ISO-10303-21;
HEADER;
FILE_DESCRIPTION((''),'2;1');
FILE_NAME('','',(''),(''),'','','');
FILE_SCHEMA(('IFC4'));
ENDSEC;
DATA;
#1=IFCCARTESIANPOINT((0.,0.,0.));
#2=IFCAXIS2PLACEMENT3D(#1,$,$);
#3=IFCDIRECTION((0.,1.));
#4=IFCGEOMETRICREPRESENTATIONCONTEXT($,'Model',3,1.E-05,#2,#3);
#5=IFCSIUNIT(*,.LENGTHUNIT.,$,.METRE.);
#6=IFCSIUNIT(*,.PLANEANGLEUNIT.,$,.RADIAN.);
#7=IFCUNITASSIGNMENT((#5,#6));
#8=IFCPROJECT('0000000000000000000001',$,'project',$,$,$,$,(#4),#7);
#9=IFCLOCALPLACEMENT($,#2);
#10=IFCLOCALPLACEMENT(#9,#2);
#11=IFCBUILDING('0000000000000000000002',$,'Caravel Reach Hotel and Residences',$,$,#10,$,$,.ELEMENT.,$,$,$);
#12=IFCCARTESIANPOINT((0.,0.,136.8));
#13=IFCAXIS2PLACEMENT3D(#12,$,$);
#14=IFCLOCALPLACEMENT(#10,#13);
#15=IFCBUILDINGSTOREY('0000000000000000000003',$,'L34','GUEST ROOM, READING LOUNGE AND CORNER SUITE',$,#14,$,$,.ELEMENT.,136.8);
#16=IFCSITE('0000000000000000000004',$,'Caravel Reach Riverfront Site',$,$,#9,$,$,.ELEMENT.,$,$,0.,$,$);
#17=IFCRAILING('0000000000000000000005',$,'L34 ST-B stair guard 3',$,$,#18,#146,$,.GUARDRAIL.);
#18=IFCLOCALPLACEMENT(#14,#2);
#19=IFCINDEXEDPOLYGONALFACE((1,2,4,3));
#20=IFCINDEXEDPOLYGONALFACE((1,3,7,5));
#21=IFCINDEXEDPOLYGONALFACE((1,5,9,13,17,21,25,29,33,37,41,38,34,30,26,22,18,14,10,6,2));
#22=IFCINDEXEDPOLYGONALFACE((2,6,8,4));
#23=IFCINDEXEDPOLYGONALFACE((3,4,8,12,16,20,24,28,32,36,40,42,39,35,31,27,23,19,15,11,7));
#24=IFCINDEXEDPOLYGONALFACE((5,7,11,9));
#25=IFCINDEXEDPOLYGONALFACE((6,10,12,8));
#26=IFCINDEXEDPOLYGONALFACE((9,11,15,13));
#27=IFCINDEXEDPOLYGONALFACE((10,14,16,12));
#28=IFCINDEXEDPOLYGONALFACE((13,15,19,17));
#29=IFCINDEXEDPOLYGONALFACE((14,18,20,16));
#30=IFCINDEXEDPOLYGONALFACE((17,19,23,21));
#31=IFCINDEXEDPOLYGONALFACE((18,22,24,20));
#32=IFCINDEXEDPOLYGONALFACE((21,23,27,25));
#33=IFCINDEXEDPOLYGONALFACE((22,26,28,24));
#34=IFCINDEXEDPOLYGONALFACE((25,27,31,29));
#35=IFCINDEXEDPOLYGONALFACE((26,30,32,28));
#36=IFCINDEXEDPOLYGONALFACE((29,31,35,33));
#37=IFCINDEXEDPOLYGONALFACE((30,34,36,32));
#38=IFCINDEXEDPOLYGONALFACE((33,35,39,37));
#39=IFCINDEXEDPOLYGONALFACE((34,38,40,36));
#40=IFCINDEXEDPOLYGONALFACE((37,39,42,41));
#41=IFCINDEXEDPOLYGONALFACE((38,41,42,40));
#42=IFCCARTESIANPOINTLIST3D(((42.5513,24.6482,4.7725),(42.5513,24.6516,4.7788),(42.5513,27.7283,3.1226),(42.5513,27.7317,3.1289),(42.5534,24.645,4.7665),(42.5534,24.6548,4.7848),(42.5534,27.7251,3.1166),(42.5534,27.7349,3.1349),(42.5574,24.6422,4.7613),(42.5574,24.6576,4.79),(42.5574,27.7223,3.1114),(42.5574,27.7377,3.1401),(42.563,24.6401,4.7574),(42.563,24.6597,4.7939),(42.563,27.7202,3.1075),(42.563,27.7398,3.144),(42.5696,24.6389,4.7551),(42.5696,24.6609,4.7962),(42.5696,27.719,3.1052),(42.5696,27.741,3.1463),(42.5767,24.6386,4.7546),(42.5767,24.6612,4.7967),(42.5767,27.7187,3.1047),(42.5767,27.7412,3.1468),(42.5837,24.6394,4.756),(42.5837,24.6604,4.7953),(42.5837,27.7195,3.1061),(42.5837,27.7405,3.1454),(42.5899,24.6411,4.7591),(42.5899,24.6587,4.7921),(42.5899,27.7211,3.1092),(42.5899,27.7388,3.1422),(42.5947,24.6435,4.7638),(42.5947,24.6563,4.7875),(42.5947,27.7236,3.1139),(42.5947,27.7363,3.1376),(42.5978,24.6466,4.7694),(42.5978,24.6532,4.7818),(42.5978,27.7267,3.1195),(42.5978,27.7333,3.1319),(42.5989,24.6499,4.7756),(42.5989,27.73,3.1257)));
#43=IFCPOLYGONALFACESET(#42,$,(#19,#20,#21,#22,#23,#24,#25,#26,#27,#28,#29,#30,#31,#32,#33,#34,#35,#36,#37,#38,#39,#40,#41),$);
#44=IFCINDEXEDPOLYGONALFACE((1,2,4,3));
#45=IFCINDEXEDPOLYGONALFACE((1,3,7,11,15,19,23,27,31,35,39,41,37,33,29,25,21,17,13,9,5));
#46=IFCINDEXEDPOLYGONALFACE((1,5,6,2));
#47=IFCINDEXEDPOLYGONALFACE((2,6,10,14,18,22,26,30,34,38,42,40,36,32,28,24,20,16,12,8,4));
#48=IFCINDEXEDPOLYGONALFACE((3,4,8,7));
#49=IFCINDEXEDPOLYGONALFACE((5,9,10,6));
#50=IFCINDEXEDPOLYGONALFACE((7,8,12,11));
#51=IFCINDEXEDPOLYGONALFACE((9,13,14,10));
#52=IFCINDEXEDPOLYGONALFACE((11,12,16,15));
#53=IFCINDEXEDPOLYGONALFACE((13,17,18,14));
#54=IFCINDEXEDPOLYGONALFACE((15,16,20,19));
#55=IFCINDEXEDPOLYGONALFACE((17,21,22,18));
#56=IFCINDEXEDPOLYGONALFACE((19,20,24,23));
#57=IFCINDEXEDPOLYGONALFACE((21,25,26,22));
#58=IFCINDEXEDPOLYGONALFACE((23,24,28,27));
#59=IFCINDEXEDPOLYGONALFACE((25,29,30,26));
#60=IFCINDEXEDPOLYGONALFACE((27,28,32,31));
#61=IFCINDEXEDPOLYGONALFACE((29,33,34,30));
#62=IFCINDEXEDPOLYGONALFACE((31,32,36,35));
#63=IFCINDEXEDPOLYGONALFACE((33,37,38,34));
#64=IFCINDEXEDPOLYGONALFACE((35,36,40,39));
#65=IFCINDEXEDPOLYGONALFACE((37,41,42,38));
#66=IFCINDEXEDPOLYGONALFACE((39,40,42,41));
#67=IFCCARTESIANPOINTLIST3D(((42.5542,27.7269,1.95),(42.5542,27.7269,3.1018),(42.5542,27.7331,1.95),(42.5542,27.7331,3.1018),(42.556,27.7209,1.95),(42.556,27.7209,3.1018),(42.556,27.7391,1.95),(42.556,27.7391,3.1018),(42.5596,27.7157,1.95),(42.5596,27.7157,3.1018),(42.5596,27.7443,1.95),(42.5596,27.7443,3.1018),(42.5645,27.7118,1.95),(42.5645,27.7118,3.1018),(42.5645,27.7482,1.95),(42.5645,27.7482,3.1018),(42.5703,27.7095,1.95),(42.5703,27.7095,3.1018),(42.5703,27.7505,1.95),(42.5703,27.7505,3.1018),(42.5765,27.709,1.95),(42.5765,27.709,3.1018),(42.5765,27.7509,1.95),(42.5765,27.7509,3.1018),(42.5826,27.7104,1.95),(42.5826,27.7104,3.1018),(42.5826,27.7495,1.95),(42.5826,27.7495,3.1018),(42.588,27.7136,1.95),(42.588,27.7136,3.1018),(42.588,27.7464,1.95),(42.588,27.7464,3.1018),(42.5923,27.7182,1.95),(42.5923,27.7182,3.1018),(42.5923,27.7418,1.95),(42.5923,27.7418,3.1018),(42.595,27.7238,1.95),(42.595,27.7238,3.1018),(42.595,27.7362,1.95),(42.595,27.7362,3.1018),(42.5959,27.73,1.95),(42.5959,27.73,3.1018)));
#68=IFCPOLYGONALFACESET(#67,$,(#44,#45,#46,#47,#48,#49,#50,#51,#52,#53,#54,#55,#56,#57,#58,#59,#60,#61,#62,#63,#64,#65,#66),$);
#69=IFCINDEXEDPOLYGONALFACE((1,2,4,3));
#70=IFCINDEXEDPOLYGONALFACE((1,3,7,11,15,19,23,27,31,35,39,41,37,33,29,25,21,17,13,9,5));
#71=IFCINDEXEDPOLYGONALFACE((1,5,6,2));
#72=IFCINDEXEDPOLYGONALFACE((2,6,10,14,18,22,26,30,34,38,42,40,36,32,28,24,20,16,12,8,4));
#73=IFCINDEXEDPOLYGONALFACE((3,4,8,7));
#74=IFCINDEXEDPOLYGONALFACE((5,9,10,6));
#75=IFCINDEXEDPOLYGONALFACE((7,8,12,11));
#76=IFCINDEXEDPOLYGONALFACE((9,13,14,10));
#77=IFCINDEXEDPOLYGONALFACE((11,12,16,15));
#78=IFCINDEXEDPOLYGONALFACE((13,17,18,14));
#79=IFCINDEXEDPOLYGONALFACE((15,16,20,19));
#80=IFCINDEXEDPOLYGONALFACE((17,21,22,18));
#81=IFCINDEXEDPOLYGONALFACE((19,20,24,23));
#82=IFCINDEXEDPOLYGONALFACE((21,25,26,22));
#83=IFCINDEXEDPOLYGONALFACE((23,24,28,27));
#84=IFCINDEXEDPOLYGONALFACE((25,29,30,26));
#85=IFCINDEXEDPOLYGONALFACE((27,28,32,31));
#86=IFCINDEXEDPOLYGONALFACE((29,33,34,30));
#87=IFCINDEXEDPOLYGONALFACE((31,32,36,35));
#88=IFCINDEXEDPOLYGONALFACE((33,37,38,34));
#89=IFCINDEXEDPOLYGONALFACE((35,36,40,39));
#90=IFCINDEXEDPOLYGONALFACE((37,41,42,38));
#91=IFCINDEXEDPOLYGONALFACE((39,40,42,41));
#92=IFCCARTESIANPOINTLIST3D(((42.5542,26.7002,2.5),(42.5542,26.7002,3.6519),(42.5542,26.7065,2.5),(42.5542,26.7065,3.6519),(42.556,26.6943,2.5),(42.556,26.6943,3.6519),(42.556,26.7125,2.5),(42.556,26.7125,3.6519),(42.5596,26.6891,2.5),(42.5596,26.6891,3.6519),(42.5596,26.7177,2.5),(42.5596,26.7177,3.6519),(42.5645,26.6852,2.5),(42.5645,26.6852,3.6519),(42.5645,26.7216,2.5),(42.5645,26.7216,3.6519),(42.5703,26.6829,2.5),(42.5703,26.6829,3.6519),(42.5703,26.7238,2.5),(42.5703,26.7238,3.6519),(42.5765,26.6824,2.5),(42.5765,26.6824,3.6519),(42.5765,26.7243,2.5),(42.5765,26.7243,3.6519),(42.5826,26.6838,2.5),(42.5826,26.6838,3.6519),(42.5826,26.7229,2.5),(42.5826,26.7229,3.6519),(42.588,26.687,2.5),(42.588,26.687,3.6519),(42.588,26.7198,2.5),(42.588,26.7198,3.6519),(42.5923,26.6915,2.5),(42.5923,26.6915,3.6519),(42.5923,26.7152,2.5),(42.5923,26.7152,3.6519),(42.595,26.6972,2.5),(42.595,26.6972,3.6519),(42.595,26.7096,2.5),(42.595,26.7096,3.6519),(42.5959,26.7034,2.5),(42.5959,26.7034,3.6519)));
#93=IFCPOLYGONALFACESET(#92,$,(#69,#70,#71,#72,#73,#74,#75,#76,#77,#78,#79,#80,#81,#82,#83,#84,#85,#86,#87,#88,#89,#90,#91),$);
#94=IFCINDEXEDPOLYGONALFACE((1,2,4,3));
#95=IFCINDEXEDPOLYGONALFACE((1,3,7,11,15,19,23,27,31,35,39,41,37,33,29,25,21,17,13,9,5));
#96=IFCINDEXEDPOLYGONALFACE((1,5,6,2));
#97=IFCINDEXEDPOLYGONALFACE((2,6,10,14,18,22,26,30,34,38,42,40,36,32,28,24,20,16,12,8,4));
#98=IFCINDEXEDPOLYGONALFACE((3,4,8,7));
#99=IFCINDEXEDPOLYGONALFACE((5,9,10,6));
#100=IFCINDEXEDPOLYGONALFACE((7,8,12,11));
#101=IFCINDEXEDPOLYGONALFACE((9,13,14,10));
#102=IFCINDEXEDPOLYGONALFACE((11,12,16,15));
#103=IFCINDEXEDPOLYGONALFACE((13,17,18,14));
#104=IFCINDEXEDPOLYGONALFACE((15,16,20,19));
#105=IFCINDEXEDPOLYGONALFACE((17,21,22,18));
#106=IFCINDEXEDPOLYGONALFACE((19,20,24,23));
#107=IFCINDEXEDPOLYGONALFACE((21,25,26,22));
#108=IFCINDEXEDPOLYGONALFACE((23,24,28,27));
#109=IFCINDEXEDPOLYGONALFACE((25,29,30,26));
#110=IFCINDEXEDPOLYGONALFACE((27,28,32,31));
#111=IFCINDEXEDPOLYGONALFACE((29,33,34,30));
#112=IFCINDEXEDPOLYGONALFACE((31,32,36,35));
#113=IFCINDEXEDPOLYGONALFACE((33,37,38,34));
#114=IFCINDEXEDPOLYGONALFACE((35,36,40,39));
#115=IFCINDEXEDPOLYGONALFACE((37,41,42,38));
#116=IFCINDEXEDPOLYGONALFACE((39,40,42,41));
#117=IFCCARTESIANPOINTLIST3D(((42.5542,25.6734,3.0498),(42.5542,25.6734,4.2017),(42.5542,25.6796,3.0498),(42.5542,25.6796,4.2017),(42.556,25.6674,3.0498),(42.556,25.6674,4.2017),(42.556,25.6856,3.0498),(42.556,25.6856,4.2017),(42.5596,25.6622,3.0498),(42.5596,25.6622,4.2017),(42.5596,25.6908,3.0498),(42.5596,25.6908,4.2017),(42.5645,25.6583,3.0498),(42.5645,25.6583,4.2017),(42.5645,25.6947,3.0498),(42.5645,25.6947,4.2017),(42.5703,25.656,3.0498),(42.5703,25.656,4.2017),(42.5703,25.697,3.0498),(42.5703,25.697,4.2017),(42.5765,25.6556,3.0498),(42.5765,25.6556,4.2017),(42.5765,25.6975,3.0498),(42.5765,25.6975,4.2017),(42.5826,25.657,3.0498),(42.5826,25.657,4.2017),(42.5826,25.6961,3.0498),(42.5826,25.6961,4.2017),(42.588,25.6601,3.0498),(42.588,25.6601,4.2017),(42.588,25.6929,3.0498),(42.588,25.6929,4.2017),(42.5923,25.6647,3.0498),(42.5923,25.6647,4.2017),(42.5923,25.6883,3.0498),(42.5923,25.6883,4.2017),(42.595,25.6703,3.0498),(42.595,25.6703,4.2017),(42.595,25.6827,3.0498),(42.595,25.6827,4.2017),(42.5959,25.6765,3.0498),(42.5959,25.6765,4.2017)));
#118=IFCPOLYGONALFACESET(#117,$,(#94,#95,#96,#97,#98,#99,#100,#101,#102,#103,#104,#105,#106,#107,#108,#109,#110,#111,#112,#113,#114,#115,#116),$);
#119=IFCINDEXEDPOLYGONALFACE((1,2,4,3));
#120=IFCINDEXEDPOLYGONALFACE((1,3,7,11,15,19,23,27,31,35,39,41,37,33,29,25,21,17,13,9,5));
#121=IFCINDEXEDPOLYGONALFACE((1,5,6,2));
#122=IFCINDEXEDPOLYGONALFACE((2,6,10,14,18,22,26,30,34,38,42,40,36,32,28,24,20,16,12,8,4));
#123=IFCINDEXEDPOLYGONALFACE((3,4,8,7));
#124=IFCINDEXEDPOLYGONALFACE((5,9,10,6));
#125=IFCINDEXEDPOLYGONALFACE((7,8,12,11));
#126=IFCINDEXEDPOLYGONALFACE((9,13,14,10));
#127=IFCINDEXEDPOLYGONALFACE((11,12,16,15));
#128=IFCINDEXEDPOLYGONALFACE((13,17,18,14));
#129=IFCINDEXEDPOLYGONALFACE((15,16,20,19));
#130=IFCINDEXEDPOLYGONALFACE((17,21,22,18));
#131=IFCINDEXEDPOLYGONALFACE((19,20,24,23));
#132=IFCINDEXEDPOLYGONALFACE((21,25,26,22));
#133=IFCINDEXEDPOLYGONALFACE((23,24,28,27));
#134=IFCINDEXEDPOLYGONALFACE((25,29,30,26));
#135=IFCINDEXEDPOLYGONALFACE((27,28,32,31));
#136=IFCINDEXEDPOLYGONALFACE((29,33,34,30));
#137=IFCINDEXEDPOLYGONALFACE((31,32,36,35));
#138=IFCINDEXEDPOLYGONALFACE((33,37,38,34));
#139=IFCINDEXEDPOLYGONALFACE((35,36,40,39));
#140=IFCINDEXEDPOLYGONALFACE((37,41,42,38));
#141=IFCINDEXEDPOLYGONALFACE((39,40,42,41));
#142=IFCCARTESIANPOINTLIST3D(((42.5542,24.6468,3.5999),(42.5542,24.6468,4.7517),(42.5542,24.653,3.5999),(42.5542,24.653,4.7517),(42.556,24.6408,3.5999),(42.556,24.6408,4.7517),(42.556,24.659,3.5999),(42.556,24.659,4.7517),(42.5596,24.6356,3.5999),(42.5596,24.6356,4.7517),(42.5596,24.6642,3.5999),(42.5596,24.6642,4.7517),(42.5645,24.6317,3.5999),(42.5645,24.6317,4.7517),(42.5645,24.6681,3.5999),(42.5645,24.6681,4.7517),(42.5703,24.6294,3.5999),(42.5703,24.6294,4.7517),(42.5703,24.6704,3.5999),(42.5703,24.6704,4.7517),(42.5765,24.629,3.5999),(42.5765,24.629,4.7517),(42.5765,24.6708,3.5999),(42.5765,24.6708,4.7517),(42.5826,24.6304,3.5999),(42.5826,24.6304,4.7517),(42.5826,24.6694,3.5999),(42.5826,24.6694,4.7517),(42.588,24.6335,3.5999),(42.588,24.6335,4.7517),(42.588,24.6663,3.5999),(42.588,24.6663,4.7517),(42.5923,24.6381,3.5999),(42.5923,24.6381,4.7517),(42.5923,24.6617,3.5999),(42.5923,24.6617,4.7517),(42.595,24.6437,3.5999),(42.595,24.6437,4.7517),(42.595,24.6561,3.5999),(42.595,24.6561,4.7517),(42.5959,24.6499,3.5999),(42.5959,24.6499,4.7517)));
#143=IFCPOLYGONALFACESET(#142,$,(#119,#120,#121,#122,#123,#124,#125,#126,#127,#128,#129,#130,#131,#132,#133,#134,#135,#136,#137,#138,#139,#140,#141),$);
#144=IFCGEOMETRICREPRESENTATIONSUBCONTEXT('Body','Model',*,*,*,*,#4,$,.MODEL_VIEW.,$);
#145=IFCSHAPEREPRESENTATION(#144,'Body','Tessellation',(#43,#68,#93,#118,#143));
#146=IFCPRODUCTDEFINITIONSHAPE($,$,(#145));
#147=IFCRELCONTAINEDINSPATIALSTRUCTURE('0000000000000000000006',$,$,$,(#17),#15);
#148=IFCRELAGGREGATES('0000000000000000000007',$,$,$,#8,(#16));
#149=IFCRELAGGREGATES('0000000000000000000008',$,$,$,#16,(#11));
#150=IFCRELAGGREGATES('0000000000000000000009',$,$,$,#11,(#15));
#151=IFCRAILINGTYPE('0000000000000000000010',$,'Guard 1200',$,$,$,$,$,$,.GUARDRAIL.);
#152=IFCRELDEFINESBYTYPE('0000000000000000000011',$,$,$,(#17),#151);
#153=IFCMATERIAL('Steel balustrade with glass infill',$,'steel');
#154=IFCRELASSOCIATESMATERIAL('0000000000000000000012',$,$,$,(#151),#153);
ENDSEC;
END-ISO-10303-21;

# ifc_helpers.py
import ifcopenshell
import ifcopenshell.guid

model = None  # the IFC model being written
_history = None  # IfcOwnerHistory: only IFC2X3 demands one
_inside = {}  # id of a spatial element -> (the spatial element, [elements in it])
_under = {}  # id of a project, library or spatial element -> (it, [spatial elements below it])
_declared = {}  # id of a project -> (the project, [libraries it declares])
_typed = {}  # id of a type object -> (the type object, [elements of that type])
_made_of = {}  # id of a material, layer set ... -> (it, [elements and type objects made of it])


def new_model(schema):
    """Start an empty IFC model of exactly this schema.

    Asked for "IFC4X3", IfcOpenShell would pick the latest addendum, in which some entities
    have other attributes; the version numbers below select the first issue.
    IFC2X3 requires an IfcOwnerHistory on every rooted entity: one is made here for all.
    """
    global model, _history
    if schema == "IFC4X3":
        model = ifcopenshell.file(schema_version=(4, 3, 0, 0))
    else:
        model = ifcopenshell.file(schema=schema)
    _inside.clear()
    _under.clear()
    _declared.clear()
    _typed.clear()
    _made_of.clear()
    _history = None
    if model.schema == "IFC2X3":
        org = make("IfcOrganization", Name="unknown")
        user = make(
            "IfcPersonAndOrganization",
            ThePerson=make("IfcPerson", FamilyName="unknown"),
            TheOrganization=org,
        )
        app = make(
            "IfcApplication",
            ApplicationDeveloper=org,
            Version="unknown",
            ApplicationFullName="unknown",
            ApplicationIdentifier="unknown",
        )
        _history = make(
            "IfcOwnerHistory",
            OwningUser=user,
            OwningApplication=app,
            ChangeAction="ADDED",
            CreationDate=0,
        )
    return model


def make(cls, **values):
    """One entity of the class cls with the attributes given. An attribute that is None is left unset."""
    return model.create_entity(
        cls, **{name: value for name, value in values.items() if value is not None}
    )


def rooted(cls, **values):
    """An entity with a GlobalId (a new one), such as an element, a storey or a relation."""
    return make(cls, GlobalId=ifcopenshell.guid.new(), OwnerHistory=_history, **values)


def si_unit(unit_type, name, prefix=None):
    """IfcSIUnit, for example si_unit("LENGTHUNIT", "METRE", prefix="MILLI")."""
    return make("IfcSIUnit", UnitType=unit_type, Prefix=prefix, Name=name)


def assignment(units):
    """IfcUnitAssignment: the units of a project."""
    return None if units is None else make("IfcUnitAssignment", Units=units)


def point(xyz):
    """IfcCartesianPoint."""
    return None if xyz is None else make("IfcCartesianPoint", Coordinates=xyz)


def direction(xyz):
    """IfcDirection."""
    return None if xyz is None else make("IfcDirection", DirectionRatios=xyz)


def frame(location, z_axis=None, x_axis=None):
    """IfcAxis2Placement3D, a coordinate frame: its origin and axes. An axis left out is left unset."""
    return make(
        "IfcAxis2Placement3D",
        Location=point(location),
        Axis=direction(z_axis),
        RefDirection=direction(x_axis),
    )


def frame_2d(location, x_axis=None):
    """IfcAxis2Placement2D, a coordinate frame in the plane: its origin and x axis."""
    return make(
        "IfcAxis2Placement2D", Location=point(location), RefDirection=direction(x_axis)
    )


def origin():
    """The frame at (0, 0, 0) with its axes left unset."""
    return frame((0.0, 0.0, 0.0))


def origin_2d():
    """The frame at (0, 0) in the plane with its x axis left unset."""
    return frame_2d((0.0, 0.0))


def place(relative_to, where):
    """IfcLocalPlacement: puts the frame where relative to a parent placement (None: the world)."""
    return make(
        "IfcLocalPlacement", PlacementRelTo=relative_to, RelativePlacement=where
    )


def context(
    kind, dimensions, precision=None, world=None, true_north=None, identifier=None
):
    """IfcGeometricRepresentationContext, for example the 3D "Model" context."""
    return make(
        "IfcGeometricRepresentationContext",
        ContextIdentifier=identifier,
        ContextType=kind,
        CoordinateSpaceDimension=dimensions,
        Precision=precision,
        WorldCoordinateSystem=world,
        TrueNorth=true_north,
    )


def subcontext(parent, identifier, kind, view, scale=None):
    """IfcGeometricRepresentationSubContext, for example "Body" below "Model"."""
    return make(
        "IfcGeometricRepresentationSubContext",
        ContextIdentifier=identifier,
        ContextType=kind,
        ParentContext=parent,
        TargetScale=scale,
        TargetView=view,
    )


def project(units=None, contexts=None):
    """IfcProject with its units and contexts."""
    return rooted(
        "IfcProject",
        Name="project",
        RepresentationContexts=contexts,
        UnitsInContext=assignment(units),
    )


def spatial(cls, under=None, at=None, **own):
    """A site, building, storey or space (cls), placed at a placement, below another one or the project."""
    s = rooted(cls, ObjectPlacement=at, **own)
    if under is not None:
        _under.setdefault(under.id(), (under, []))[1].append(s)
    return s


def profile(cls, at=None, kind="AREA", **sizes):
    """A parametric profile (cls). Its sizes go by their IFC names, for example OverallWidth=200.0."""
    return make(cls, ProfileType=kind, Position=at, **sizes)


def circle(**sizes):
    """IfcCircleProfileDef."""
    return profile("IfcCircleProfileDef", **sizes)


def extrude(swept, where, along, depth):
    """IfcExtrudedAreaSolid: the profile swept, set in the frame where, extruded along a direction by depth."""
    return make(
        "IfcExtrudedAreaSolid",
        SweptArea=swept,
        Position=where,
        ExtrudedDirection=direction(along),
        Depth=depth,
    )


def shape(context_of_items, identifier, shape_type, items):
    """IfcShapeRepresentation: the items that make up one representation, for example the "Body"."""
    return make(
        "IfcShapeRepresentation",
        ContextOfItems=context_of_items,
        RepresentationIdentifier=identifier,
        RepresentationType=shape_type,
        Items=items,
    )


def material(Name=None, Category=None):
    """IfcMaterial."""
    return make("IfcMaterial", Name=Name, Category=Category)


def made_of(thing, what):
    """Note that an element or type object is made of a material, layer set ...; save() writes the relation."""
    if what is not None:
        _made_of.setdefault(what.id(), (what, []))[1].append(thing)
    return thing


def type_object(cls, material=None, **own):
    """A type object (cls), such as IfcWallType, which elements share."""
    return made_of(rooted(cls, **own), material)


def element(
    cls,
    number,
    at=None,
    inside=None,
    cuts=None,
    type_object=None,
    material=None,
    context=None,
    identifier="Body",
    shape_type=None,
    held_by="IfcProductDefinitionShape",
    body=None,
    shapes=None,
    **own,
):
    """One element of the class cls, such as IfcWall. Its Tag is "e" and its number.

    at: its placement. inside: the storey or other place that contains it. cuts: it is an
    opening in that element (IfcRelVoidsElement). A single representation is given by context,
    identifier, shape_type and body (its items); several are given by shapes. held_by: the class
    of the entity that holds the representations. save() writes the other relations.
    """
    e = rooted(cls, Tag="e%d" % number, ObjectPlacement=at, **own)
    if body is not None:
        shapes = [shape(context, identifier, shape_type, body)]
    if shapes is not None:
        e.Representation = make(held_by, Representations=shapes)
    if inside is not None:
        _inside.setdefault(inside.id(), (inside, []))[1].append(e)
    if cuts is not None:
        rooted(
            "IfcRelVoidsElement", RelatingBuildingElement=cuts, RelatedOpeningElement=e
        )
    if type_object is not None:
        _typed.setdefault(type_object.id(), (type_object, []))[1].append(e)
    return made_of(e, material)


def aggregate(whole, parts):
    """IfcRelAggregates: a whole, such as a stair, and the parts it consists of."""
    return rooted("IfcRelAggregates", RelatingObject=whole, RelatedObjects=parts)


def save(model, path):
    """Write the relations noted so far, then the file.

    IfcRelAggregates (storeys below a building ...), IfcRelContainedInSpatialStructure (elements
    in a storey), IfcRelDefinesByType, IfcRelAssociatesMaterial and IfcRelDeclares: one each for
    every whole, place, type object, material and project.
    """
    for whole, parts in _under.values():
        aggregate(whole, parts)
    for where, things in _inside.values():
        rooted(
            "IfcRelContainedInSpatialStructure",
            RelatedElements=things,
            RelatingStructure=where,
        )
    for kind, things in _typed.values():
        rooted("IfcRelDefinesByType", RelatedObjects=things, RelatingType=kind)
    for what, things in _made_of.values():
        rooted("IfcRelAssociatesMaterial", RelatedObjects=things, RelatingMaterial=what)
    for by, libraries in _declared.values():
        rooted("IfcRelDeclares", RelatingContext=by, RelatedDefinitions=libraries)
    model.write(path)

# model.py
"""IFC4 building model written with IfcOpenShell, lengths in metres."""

from ifc_helpers import new_model, si_unit, direction, frame, origin, origin_2d, place, context, subcontext, project, spatial, circle, extrude, material, type_object, element, save


model = new_model("IFC4")

# Units and contexts
model_context = context("Model", 3, precision=1e-05, world=origin(), true_north=direction((0.0, 1.0)))
body_context = subcontext(model_context, "Body", "Model", "MODEL_VIEW")
ifc_project = project(units=[si_unit("LENGTHUNIT", "METRE"), si_unit("PLANEANGLEUNIT", "RADIAN")], contexts=[model_context])

# Site, building, storey
site_placement = place(None, origin())
site = spatial("IfcSite", under=ifc_project, at=site_placement, Name="Caravel Reach Riverfront Site", CompositionType="ELEMENT", RefElevation=0.0)
building_placement = place(site_placement, origin())
building = spatial("IfcBuilding", under=site, at=building_placement, Name="Caravel Reach Hotel and Residences", CompositionType="ELEMENT")
storey_placement = place(building_placement, frame((0.0, 0.0, 136.8)))
storey = spatial("IfcBuildingStorey", under=building, at=storey_placement, Name="L34", Description="GUEST ROOM, READING LOUNGE AND CORNER SUITE", CompositionType="ELEMENT", Elevation=136.8)

# Railing
ifc_material_1 = material(Name="Steel balustrade with glass infill", Category="steel")
railing_type_1 = type_object("IfcRailingType", Name="Guard 1200", PredefinedType="GUARDRAIL", material=ifc_material_1)
railing_1_placement = place(storey_placement, frame((42.575, 27.73, 1.95)))
element("IfcRailing", 1, at=railing_1_placement, inside=storey, type_object=railing_type_1, Name="L34 ST-B stair guard 3", PredefinedType="GUARDRAIL", context=body_context, shape_type="SweptSolid", body=[
    extrude(circle(Radius=0.0239, at=origin_2d()), frame((0.0, 0.0, 1.1758), z_axis=(0.0, -0.881497, 0.47219), x_axis=(1.0, 0.0, 0.0)), (0.0, 0.0, 1.0), 3.4941),
    extrude(circle(Radius=0.021, at=origin_2d()), origin(), (0.0, 0.0, 1.0), 1.1519),
    extrude(circle(Radius=0.021, at=origin_2d()), frame((0.0, -1.0266, 0.55)), (0.0, 0.0, 1.0), 1.1519),
    extrude(circle(Radius=0.021, at=origin_2d()), frame((0.0, -2.0535, 1.0999)), (0.0, 0.0, 1.0), 1.1519),
    extrude(circle(Radius=0.021, at=origin_2d()), frame((0.0, -3.0801, 1.6499)), (0.0, 0.0, 1.0), 1.1519),
])

save(model, "model.ifc")
